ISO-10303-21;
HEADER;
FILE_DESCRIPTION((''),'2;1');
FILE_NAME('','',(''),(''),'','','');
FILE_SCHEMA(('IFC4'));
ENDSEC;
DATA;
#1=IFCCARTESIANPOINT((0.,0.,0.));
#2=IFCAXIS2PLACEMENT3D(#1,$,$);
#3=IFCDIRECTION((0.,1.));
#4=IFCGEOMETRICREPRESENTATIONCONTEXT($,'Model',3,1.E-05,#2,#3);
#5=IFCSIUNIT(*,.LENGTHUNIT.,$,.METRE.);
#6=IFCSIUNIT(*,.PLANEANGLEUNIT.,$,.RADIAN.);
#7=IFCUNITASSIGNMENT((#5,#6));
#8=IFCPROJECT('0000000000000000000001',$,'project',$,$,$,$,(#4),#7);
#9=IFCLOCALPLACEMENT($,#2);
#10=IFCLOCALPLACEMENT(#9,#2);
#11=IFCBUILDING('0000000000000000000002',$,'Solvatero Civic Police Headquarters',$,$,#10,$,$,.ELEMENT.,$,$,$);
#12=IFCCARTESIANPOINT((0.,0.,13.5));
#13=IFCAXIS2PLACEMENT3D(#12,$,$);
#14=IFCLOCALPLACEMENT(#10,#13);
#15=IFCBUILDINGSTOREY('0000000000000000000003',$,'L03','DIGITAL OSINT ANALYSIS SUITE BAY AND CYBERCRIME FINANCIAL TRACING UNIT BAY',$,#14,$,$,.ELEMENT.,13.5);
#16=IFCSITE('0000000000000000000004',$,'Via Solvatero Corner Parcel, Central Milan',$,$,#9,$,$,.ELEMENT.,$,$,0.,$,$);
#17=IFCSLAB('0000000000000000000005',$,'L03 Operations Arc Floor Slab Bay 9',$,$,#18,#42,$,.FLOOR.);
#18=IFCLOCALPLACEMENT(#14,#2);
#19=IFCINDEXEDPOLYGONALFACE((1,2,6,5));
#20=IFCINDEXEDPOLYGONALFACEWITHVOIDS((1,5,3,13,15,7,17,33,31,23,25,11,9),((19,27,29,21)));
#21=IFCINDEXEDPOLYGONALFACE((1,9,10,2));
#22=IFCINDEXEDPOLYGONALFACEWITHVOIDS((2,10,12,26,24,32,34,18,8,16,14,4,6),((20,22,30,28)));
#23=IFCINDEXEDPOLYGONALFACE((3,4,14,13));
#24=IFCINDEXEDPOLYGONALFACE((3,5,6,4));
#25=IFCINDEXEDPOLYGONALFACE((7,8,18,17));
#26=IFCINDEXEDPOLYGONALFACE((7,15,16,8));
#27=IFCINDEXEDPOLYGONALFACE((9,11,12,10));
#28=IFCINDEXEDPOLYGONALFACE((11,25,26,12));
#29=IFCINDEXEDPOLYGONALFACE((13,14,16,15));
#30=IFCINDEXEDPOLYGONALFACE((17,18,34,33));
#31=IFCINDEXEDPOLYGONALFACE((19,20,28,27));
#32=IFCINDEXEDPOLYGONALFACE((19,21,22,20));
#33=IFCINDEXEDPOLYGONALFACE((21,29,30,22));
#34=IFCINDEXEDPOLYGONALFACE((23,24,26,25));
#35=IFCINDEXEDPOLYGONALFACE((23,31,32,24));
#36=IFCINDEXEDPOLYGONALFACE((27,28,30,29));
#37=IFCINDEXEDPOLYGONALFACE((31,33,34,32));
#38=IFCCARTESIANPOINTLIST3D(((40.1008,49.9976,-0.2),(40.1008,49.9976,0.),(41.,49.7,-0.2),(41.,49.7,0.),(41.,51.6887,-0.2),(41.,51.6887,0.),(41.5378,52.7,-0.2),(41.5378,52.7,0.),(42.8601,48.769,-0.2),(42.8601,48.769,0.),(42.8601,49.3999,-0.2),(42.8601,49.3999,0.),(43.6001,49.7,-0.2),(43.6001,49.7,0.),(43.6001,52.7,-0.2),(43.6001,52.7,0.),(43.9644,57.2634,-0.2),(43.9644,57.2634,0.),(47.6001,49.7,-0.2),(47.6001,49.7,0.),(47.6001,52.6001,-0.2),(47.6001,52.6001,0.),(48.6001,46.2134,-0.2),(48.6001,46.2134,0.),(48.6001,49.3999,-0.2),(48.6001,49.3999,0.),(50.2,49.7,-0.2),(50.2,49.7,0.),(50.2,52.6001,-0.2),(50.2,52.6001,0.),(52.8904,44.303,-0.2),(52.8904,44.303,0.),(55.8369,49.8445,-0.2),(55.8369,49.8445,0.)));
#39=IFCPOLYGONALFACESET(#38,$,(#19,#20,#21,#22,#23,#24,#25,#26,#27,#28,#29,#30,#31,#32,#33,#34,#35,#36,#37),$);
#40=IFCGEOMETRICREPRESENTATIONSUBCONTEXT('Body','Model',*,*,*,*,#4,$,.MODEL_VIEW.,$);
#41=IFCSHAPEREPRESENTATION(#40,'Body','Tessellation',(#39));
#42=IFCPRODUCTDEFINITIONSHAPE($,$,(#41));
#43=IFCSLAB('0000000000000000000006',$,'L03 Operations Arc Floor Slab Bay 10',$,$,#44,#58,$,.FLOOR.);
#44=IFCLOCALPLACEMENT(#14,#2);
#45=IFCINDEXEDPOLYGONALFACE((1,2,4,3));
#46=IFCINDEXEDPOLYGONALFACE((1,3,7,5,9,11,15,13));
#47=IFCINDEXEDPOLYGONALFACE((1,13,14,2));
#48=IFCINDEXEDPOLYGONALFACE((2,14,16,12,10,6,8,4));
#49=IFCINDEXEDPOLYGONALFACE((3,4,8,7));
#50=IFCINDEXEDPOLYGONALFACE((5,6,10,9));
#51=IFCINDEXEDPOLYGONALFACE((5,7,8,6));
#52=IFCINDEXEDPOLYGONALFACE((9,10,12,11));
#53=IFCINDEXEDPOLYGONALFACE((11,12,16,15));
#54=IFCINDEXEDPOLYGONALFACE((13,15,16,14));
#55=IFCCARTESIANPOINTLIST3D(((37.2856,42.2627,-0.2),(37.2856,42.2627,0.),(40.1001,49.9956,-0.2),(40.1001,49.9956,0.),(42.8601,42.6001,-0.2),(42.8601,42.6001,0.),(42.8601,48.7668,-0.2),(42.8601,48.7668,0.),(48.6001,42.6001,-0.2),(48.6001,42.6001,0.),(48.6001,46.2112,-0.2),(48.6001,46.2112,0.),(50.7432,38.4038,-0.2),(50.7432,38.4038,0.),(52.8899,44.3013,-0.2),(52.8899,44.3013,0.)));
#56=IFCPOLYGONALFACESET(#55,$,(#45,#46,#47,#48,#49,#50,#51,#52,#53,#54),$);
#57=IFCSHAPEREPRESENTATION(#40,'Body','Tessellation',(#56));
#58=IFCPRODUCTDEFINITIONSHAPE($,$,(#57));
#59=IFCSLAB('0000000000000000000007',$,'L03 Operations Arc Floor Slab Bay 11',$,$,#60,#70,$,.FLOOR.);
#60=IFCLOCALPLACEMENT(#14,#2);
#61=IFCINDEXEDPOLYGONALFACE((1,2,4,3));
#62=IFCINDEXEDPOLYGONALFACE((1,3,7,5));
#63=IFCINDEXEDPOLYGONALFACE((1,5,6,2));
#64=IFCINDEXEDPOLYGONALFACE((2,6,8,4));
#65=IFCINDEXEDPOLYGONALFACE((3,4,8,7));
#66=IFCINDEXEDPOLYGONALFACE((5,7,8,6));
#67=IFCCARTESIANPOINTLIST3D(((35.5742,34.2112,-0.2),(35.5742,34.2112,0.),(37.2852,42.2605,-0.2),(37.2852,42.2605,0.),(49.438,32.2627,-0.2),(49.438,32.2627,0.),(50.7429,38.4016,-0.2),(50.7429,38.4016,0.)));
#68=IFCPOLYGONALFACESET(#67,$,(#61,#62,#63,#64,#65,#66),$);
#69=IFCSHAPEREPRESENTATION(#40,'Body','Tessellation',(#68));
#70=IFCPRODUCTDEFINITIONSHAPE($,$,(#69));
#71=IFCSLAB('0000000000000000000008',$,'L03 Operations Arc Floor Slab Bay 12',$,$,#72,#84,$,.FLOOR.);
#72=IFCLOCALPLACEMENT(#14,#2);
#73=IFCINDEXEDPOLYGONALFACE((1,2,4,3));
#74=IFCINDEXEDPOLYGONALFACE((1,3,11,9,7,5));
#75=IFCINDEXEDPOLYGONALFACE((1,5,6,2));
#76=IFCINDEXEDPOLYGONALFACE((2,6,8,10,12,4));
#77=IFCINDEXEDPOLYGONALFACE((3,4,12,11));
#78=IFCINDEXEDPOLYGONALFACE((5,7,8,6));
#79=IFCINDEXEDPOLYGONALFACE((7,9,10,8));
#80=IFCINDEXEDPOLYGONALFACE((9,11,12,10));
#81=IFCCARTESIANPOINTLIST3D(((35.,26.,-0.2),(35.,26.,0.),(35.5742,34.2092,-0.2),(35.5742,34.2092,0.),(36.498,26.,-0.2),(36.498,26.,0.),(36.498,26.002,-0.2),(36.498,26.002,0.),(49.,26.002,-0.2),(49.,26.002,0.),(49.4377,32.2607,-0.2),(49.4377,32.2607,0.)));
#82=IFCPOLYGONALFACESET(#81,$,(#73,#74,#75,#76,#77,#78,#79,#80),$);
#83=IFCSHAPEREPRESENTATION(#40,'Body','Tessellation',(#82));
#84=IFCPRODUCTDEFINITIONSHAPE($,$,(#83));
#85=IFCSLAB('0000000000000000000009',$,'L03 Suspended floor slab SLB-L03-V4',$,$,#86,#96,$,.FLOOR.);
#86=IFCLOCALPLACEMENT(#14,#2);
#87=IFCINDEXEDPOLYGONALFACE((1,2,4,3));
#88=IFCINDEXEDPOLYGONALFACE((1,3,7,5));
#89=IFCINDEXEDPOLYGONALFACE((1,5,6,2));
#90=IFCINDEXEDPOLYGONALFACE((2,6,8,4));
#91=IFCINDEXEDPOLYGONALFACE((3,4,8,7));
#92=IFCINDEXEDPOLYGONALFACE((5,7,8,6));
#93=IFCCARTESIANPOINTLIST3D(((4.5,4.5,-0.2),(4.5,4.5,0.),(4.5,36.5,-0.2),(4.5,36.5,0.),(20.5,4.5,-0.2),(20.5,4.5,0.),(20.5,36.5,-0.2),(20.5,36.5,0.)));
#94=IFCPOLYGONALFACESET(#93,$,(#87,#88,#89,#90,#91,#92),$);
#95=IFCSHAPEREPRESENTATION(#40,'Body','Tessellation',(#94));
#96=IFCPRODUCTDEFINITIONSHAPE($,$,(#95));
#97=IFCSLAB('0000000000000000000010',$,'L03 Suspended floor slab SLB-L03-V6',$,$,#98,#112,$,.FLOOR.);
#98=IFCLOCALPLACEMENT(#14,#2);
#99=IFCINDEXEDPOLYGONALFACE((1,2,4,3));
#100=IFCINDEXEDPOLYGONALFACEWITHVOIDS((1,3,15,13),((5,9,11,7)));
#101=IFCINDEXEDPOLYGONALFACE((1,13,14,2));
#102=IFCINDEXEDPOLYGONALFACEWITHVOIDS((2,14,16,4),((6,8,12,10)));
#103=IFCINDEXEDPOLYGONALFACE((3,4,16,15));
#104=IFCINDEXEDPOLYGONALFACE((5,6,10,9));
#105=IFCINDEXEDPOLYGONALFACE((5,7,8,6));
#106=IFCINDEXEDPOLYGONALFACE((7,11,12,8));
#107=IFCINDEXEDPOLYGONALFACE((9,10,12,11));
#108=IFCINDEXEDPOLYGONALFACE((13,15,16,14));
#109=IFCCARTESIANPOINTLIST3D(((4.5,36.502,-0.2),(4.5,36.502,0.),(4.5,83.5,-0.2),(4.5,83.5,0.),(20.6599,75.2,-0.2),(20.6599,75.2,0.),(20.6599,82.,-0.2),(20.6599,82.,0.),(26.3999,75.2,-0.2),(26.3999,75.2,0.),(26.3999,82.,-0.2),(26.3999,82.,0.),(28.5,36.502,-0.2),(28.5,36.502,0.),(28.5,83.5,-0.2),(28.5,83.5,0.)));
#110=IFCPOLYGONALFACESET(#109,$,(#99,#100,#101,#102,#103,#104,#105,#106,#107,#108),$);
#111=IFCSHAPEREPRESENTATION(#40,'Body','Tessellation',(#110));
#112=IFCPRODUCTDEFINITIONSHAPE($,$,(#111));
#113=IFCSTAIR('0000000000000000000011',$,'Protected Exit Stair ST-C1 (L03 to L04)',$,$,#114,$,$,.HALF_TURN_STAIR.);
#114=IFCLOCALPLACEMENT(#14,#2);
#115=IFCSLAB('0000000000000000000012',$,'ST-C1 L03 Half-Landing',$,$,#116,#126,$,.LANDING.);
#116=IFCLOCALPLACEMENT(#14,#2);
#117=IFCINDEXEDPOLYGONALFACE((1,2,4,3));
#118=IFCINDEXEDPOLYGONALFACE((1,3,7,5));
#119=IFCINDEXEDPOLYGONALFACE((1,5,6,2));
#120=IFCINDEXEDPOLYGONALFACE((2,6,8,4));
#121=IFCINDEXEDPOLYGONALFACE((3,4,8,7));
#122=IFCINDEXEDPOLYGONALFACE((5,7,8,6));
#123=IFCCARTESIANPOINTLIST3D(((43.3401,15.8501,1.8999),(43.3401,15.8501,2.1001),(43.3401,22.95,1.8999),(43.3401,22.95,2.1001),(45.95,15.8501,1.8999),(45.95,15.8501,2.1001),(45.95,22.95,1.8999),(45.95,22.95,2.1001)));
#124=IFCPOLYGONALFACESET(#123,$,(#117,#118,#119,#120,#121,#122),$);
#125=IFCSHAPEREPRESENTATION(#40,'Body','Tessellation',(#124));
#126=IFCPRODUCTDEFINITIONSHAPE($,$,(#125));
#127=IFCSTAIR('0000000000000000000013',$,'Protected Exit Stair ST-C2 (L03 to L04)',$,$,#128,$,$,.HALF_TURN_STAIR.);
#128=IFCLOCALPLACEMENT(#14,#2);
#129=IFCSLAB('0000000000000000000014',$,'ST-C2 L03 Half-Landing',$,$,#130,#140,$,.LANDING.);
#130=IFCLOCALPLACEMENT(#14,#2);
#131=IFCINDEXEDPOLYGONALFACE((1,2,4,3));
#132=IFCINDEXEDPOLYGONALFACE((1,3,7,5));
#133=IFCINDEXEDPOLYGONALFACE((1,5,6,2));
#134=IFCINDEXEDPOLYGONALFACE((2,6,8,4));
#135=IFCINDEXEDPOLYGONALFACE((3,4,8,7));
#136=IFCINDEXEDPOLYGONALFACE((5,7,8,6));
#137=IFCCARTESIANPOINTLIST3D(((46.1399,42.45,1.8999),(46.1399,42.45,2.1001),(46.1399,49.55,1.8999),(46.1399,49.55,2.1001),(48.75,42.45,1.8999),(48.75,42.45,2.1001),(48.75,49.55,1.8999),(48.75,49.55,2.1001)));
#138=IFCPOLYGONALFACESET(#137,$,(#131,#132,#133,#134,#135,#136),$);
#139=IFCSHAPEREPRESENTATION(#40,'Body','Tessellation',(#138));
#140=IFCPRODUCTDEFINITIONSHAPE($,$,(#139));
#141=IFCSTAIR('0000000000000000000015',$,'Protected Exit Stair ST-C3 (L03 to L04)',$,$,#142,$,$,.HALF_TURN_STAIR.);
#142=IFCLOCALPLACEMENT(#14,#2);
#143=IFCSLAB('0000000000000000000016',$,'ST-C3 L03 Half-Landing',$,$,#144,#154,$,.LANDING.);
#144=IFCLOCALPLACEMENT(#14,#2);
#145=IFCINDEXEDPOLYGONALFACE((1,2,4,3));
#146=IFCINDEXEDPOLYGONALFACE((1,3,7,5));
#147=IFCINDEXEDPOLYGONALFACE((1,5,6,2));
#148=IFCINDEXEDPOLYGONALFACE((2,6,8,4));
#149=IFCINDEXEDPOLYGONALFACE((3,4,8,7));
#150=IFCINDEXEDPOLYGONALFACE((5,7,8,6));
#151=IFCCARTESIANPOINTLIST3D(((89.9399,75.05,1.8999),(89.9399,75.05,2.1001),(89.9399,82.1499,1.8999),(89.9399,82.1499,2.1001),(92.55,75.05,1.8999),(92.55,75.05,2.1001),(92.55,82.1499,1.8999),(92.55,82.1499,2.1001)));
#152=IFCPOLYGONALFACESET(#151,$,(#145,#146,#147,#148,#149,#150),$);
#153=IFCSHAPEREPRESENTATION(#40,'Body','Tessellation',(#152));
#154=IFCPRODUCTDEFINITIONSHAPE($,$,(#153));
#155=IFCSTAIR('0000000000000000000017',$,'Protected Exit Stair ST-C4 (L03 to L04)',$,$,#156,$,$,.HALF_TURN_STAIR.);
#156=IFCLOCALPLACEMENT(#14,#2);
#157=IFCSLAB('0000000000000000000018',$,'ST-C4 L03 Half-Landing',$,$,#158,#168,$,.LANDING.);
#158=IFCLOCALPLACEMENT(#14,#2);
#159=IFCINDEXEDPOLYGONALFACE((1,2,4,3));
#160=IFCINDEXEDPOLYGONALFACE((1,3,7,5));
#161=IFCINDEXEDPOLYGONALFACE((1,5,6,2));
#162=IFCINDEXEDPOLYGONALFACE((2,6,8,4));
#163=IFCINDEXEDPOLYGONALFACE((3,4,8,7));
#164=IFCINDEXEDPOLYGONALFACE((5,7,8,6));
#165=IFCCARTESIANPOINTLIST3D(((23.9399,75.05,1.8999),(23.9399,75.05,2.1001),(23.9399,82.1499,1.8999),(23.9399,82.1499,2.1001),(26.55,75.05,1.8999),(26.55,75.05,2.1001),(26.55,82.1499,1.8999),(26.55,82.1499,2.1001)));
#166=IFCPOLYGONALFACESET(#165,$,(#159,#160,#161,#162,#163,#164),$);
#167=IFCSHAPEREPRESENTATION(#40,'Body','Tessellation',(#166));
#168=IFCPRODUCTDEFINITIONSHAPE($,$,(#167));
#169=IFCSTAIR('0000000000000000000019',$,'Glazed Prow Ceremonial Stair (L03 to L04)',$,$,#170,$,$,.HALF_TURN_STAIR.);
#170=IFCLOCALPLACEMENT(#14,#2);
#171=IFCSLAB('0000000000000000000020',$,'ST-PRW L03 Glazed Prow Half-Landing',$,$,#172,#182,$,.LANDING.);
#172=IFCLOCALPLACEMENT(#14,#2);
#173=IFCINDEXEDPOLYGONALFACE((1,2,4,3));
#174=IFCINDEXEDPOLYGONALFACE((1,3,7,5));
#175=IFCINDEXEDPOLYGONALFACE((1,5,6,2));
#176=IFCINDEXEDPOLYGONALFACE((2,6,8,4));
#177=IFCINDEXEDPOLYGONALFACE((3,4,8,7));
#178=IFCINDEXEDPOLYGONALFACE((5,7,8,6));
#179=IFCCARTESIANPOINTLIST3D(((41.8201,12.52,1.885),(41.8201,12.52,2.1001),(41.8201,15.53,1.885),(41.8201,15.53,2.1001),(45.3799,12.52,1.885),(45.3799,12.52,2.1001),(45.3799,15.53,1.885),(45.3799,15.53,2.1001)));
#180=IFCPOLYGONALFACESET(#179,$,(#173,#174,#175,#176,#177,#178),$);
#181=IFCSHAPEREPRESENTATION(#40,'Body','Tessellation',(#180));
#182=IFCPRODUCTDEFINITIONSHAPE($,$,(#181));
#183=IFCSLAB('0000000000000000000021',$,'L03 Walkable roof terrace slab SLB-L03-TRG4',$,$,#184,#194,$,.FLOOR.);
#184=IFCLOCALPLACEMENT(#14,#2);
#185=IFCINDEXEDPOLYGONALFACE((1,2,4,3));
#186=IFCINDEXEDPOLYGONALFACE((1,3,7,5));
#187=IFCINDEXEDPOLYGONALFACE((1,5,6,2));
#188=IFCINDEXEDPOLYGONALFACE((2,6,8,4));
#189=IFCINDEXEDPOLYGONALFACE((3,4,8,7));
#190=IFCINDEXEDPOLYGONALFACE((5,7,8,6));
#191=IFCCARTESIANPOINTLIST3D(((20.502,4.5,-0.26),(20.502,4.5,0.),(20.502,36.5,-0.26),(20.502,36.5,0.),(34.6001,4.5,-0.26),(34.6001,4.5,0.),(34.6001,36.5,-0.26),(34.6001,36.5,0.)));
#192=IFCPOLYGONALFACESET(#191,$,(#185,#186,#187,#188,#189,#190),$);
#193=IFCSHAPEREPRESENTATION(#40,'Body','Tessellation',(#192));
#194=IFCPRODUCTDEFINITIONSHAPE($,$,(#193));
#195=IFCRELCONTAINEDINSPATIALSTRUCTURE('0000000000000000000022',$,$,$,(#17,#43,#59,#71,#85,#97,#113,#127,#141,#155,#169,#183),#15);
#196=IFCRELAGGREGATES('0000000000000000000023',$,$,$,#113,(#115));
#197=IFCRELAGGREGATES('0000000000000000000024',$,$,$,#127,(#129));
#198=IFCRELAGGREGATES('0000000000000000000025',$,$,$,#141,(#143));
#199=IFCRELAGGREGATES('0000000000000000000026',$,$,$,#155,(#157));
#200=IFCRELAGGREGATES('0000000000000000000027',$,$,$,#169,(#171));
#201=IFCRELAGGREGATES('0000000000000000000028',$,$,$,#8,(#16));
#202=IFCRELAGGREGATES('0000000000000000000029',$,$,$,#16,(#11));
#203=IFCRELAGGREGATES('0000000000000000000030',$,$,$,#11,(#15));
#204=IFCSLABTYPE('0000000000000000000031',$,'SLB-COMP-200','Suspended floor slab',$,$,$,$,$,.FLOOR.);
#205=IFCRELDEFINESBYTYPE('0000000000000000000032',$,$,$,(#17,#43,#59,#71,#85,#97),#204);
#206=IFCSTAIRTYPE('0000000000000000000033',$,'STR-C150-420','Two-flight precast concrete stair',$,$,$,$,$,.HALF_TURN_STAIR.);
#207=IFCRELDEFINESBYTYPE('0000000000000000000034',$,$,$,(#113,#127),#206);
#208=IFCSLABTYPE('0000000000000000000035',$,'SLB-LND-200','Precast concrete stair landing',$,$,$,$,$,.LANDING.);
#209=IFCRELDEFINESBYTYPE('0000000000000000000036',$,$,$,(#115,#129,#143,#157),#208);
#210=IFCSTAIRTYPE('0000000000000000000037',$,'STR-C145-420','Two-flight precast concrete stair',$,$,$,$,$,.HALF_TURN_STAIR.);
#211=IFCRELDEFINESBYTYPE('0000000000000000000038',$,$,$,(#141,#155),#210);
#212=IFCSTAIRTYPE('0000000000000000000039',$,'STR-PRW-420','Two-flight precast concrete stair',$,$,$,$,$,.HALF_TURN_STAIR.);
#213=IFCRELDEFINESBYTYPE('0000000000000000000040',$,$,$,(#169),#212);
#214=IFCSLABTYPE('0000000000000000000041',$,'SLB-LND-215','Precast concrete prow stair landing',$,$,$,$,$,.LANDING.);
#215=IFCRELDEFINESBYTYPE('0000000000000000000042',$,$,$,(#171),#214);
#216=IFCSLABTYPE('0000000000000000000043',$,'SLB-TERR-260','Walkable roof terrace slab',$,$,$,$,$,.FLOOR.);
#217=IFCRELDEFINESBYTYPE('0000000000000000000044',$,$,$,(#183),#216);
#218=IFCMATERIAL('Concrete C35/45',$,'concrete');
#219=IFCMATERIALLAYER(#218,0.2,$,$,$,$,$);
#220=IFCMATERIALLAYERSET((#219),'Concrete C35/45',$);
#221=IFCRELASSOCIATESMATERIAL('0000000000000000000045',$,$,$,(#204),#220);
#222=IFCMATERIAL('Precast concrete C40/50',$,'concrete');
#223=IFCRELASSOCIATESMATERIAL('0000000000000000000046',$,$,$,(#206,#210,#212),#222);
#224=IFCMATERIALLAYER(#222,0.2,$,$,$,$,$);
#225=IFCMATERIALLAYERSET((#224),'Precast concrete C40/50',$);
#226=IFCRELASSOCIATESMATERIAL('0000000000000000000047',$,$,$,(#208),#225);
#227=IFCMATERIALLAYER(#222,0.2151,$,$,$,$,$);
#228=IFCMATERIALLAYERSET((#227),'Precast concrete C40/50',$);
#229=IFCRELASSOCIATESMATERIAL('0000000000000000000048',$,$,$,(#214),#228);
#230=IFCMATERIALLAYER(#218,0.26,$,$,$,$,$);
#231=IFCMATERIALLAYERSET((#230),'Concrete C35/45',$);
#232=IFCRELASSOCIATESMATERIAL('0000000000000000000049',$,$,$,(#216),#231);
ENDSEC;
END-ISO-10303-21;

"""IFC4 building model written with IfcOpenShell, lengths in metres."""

from ifc_helpers import new_model, si_unit, direction, frame, origin, place, context, subcontext, project, spatial, polyline, outline, extrude, material, layer, layer_set, type_object, element, aggregate, save


model = new_model("IFC4")

# Units and contexts
model_context = context("Model", 3, precision=1e-05, world=origin(), true_north=direction((0.0, 1.0)))
body_context = subcontext(model_context, "Body", "Model", "MODEL_VIEW")
ifc_project = project(units=[si_unit("LENGTHUNIT", "METRE"), si_unit("PLANEANGLEUNIT", "RADIAN")], contexts=[model_context])

# Site, building, storey
site_placement = place(None, origin())
site = spatial("IfcSite", under=ifc_project, at=site_placement, Name="Via Solvatero Corner Parcel, Central Milan", CompositionType="ELEMENT", RefElevation=0.0)
building_placement = place(site_placement, origin())
building = spatial("IfcBuilding", under=site, at=building_placement, Name="Solvatero Civic Police Headquarters", CompositionType="ELEMENT")
storey_placement = place(building_placement, frame((0.0, 0.0, 13.5)))
storey = spatial("IfcBuildingStorey", under=building, at=storey_placement, Name="L03", Description="DIGITAL OSINT ANALYSIS SUITE BAY AND CYBERCRIME FINANCIAL TRACING UNIT BAY", CompositionType="ELEMENT", Elevation=13.5)

# Slabs
ifc_material_1 = material(Name="Concrete C35/45", Category="concrete")
ifc_layer_1 = layer(ifc_material_1, 0.2)
ifc_layer_set_1 = layer_set([ifc_layer_1], Name="Concrete C35/45")
slab_type_1 = type_object("IfcSlabType", Name="SLB-COMP-200", Description="Suspended floor slab", PredefinedType="FLOOR", material=ifc_layer_set_1)
slab_1_placement = place(storey_placement, frame((0.0, 0.0, -0.2)))
element("IfcSlab", 1, at=slab_1_placement, inside=storey, type_object=slab_type_1, Name="L03 Operations Arc Floor Slab Bay 9", PredefinedType="FLOOR", context=body_context, shape_type="SweptSolid", body=[
    extrude(outline(polyline([(52.8904, 44.303), (48.6001, 46.2134), (48.6001, 49.3999), (42.8601, 49.3999), (42.8601, 48.769), (40.1008, 49.9976), (41.0, 51.6887), (41.0, 49.7), (43.6001, 49.7), (43.6001, 52.7), (41.5378, 52.7), (43.9644, 57.2634), (55.8369, 49.8445), (52.8904, 44.303)]), holes=[polyline([(50.2, 49.7), (50.2, 52.6001), (47.6001, 52.6001), (47.6001, 49.7), (50.2, 49.7)])]), origin(), (0.0, 0.0, 1.0), 0.2),
])
slab_2_placement = place(storey_placement, frame((0.0, 0.0, -0.2)))
element("IfcSlab", 2, at=slab_2_placement, inside=storey, type_object=slab_type_1, Name="L03 Operations Arc Floor Slab Bay 10", PredefinedType="FLOOR", context=body_context, shape_type="SweptSolid", body=[
    extrude(outline(polyline([(37.2856, 42.2627), (40.1001, 49.9956), (42.8601, 48.7668), (42.8601, 42.6001), (48.6001, 42.6001), (48.6001, 46.2112), (52.8899, 44.3013), (50.7432, 38.4038), (37.2856, 42.2627)])), origin(), (0.0, 0.0, 1.0), 0.2),
])
slab_3_placement = place(storey_placement, frame((0.0, 0.0, -0.2)))
element("IfcSlab", 3, at=slab_3_placement, inside=storey, type_object=slab_type_1, Name="L03 Operations Arc Floor Slab Bay 11", PredefinedType="FLOOR", context=body_context, shape_type="SweptSolid", body=[
    extrude(outline(polyline([(37.2852, 42.2605), (50.7429, 38.4016), (49.438, 32.2627), (35.5742, 34.2112), (37.2852, 42.2605)])), origin(), (0.0, 0.0, 1.0), 0.2),
])
slab_4_placement = place(storey_placement, frame((0.0, 0.0, -0.2)))
element("IfcSlab", 4, at=slab_4_placement, inside=storey, type_object=slab_type_1, Name="L03 Operations Arc Floor Slab Bay 12", PredefinedType="FLOOR", context=body_context, shape_type="SweptSolid", body=[
    extrude(outline(polyline([(35.5742, 34.2092), (49.4377, 32.2607), (49.0, 26.002), (36.498, 26.002), (36.498, 26.0), (35.0, 26.0), (35.5742, 34.2092)])), origin(), (0.0, 0.0, 1.0), 0.2),
])
slab_5_placement = place(storey_placement, frame((0.0, 0.0, -0.2)))
element("IfcSlab", 5, at=slab_5_placement, inside=storey, type_object=slab_type_1, Name="L03 Suspended floor slab SLB-L03-V4", PredefinedType="FLOOR", context=body_context, shape_type="SweptSolid", body=[
    extrude(outline(polyline([(4.5, 36.5), (20.5, 36.5), (20.5, 4.5), (4.5, 4.5), (4.5, 36.5)])), origin(), (0.0, 0.0, 1.0), 0.2),
])
slab_6_placement = place(storey_placement, frame((0.0, 0.0, -0.2)))
element("IfcSlab", 6, at=slab_6_placement, inside=storey, type_object=slab_type_1, Name="L03 Suspended floor slab SLB-L03-V6", PredefinedType="FLOOR", context=body_context, shape_type="SweptSolid", body=[
    extrude(outline(polyline([(4.5, 83.5), (28.5, 83.5), (28.5, 36.502), (4.5, 36.502), (4.5, 83.5)]), holes=[polyline([(26.3999, 82.0), (20.6599, 82.0), (20.6599, 75.2), (26.3999, 75.2), (26.3999, 82.0)])]), origin(), (0.0, 0.0, 1.0), 0.2),
])

# Stairs, slabs
ifc_material_2 = material(Name="Precast concrete C40/50", Category="concrete")
stair_type_1 = type_object("IfcStairType", Name="STR-C150-420", Description="Two-flight precast concrete stair", PredefinedType="HALF_TURN_STAIR", material=ifc_material_2)
stair_1_placement = place(storey_placement, origin())
stair_1 = element("IfcStair", 7, at=stair_1_placement, inside=storey, type_object=stair_type_1, Name="Protected Exit Stair ST-C1 (L03 to L04)", PredefinedType="HALF_TURN_STAIR")
ifc_layer_2 = layer(ifc_material_2, 0.2)
ifc_layer_set_2 = layer_set([ifc_layer_2], Name="Precast concrete C40/50")
slab_type_2 = type_object("IfcSlabType", Name="SLB-LND-200", Description="Precast concrete stair landing", PredefinedType="LANDING", material=ifc_layer_set_2)
slab_7_placement = place(storey_placement, frame((0.0, 0.0, 1.8999)))
slab_7 = element("IfcSlab", 8, at=slab_7_placement, type_object=slab_type_2, Name="ST-C1 L03 Half-Landing", PredefinedType="LANDING", context=body_context, shape_type="SweptSolid", body=[
    extrude(outline(polyline([(43.3401, 15.8501), (45.95, 15.8501), (45.95, 22.95), (43.3401, 22.95), (43.3401, 15.8501)])), origin(), (0.0, 0.0, 1.0), 0.2002),
])
aggregate(stair_1, [slab_7])
stair_2_placement = place(storey_placement, origin())
stair_2 = element("IfcStair", 9, at=stair_2_placement, inside=storey, type_object=stair_type_1, Name="Protected Exit Stair ST-C2 (L03 to L04)", PredefinedType="HALF_TURN_STAIR")
slab_8_placement = place(storey_placement, frame((0.0, 0.0, 1.8999)))
slab_8 = element("IfcSlab", 10, at=slab_8_placement, type_object=slab_type_2, Name="ST-C2 L03 Half-Landing", PredefinedType="LANDING", context=body_context, shape_type="SweptSolid", body=[
    extrude(outline(polyline([(46.1399, 42.45), (48.75, 42.45), (48.75, 49.55), (46.1399, 49.55), (46.1399, 42.45)])), origin(), (0.0, 0.0, 1.0), 0.2002),
])
aggregate(stair_2, [slab_8])
stair_type_2 = type_object("IfcStairType", Name="STR-C145-420", Description="Two-flight precast concrete stair", PredefinedType="HALF_TURN_STAIR", material=ifc_material_2)
stair_3_placement = place(storey_placement, origin())
stair_3 = element("IfcStair", 11, at=stair_3_placement, inside=storey, type_object=stair_type_2, Name="Protected Exit Stair ST-C3 (L03 to L04)", PredefinedType="HALF_TURN_STAIR")
slab_9_placement = place(storey_placement, frame((0.0, 0.0, 1.8999)))
slab_9 = element("IfcSlab", 12, at=slab_9_placement, type_object=slab_type_2, Name="ST-C3 L03 Half-Landing", PredefinedType="LANDING", context=body_context, shape_type="SweptSolid", body=[
    extrude(outline(polyline([(89.9399, 75.05), (92.55, 75.05), (92.55, 82.1499), (89.9399, 82.1499), (89.9399, 75.05)])), origin(), (0.0, 0.0, 1.0), 0.2002),
])
aggregate(stair_3, [slab_9])
stair_4_placement = place(storey_placement, origin())
stair_4 = element("IfcStair", 13, at=stair_4_placement, inside=storey, type_object=stair_type_2, Name="Protected Exit Stair ST-C4 (L03 to L04)", PredefinedType="HALF_TURN_STAIR")
slab_10_placement = place(storey_placement, frame((0.0, 0.0, 1.8999)))
slab_10 = element("IfcSlab", 14, at=slab_10_placement, type_object=slab_type_2, Name="ST-C4 L03 Half-Landing", PredefinedType="LANDING", context=body_context, shape_type="SweptSolid", body=[
    extrude(outline(polyline([(23.9399, 75.05), (26.55, 75.05), (26.55, 82.1499), (23.9399, 82.1499), (23.9399, 75.05)])), origin(), (0.0, 0.0, 1.0), 0.2002),
])
aggregate(stair_4, [slab_10])
stair_type_3 = type_object("IfcStairType", Name="STR-PRW-420", Description="Two-flight precast concrete stair", PredefinedType="HALF_TURN_STAIR", material=ifc_material_2)
stair_5_placement = place(storey_placement, origin())
stair_5 = element("IfcStair", 15, at=stair_5_placement, inside=storey, type_object=stair_type_3, Name="Glazed Prow Ceremonial Stair (L03 to L04)", PredefinedType="HALF_TURN_STAIR")
ifc_layer_3 = layer(ifc_material_2, 0.2151)
ifc_layer_set_3 = layer_set([ifc_layer_3], Name="Precast concrete C40/50")
slab_type_3 = type_object("IfcSlabType", Name="SLB-LND-215", Description="Precast concrete prow stair landing", PredefinedType="LANDING", material=ifc_layer_set_3)
slab_11_placement = place(storey_placement, frame((0.0, 0.0, 1.885)))
slab_11 = element("IfcSlab", 16, at=slab_11_placement, type_object=slab_type_3, Name="ST-PRW L03 Glazed Prow Half-Landing", PredefinedType="LANDING", context=body_context, shape_type="SweptSolid", body=[
    extrude(outline(polyline([(41.8201, 12.52), (45.3799, 12.52), (45.3799, 15.53), (41.8201, 15.53), (41.8201, 12.52)])), origin(), (0.0, 0.0, 1.0), 0.2151),
])
aggregate(stair_5, [slab_11])

# Slab
ifc_layer_4 = layer(ifc_material_1, 0.26)
ifc_layer_set_4 = layer_set([ifc_layer_4], Name="Concrete C35/45")
slab_type_4 = type_object("IfcSlabType", Name="SLB-TERR-260", Description="Walkable roof terrace slab", PredefinedType="FLOOR", material=ifc_layer_set_4)
slab_12_placement = place(storey_placement, frame((0.0, 0.0, -0.26)))
element("IfcSlab", 17, at=slab_12_placement, inside=storey, type_object=slab_type_4, Name="L03 Walkable roof terrace slab SLB-L03-TRG4", PredefinedType="FLOOR", context=body_context, shape_type="SweptSolid", body=[
    extrude(outline(polyline([(34.6001, 36.5), (34.6001, 4.5), (20.502, 4.5), (20.502, 36.5), (34.6001, 36.5)])), origin(), (0.0, 0.0, 1.0), 0.26),
])

save(model, "model.ifc")
